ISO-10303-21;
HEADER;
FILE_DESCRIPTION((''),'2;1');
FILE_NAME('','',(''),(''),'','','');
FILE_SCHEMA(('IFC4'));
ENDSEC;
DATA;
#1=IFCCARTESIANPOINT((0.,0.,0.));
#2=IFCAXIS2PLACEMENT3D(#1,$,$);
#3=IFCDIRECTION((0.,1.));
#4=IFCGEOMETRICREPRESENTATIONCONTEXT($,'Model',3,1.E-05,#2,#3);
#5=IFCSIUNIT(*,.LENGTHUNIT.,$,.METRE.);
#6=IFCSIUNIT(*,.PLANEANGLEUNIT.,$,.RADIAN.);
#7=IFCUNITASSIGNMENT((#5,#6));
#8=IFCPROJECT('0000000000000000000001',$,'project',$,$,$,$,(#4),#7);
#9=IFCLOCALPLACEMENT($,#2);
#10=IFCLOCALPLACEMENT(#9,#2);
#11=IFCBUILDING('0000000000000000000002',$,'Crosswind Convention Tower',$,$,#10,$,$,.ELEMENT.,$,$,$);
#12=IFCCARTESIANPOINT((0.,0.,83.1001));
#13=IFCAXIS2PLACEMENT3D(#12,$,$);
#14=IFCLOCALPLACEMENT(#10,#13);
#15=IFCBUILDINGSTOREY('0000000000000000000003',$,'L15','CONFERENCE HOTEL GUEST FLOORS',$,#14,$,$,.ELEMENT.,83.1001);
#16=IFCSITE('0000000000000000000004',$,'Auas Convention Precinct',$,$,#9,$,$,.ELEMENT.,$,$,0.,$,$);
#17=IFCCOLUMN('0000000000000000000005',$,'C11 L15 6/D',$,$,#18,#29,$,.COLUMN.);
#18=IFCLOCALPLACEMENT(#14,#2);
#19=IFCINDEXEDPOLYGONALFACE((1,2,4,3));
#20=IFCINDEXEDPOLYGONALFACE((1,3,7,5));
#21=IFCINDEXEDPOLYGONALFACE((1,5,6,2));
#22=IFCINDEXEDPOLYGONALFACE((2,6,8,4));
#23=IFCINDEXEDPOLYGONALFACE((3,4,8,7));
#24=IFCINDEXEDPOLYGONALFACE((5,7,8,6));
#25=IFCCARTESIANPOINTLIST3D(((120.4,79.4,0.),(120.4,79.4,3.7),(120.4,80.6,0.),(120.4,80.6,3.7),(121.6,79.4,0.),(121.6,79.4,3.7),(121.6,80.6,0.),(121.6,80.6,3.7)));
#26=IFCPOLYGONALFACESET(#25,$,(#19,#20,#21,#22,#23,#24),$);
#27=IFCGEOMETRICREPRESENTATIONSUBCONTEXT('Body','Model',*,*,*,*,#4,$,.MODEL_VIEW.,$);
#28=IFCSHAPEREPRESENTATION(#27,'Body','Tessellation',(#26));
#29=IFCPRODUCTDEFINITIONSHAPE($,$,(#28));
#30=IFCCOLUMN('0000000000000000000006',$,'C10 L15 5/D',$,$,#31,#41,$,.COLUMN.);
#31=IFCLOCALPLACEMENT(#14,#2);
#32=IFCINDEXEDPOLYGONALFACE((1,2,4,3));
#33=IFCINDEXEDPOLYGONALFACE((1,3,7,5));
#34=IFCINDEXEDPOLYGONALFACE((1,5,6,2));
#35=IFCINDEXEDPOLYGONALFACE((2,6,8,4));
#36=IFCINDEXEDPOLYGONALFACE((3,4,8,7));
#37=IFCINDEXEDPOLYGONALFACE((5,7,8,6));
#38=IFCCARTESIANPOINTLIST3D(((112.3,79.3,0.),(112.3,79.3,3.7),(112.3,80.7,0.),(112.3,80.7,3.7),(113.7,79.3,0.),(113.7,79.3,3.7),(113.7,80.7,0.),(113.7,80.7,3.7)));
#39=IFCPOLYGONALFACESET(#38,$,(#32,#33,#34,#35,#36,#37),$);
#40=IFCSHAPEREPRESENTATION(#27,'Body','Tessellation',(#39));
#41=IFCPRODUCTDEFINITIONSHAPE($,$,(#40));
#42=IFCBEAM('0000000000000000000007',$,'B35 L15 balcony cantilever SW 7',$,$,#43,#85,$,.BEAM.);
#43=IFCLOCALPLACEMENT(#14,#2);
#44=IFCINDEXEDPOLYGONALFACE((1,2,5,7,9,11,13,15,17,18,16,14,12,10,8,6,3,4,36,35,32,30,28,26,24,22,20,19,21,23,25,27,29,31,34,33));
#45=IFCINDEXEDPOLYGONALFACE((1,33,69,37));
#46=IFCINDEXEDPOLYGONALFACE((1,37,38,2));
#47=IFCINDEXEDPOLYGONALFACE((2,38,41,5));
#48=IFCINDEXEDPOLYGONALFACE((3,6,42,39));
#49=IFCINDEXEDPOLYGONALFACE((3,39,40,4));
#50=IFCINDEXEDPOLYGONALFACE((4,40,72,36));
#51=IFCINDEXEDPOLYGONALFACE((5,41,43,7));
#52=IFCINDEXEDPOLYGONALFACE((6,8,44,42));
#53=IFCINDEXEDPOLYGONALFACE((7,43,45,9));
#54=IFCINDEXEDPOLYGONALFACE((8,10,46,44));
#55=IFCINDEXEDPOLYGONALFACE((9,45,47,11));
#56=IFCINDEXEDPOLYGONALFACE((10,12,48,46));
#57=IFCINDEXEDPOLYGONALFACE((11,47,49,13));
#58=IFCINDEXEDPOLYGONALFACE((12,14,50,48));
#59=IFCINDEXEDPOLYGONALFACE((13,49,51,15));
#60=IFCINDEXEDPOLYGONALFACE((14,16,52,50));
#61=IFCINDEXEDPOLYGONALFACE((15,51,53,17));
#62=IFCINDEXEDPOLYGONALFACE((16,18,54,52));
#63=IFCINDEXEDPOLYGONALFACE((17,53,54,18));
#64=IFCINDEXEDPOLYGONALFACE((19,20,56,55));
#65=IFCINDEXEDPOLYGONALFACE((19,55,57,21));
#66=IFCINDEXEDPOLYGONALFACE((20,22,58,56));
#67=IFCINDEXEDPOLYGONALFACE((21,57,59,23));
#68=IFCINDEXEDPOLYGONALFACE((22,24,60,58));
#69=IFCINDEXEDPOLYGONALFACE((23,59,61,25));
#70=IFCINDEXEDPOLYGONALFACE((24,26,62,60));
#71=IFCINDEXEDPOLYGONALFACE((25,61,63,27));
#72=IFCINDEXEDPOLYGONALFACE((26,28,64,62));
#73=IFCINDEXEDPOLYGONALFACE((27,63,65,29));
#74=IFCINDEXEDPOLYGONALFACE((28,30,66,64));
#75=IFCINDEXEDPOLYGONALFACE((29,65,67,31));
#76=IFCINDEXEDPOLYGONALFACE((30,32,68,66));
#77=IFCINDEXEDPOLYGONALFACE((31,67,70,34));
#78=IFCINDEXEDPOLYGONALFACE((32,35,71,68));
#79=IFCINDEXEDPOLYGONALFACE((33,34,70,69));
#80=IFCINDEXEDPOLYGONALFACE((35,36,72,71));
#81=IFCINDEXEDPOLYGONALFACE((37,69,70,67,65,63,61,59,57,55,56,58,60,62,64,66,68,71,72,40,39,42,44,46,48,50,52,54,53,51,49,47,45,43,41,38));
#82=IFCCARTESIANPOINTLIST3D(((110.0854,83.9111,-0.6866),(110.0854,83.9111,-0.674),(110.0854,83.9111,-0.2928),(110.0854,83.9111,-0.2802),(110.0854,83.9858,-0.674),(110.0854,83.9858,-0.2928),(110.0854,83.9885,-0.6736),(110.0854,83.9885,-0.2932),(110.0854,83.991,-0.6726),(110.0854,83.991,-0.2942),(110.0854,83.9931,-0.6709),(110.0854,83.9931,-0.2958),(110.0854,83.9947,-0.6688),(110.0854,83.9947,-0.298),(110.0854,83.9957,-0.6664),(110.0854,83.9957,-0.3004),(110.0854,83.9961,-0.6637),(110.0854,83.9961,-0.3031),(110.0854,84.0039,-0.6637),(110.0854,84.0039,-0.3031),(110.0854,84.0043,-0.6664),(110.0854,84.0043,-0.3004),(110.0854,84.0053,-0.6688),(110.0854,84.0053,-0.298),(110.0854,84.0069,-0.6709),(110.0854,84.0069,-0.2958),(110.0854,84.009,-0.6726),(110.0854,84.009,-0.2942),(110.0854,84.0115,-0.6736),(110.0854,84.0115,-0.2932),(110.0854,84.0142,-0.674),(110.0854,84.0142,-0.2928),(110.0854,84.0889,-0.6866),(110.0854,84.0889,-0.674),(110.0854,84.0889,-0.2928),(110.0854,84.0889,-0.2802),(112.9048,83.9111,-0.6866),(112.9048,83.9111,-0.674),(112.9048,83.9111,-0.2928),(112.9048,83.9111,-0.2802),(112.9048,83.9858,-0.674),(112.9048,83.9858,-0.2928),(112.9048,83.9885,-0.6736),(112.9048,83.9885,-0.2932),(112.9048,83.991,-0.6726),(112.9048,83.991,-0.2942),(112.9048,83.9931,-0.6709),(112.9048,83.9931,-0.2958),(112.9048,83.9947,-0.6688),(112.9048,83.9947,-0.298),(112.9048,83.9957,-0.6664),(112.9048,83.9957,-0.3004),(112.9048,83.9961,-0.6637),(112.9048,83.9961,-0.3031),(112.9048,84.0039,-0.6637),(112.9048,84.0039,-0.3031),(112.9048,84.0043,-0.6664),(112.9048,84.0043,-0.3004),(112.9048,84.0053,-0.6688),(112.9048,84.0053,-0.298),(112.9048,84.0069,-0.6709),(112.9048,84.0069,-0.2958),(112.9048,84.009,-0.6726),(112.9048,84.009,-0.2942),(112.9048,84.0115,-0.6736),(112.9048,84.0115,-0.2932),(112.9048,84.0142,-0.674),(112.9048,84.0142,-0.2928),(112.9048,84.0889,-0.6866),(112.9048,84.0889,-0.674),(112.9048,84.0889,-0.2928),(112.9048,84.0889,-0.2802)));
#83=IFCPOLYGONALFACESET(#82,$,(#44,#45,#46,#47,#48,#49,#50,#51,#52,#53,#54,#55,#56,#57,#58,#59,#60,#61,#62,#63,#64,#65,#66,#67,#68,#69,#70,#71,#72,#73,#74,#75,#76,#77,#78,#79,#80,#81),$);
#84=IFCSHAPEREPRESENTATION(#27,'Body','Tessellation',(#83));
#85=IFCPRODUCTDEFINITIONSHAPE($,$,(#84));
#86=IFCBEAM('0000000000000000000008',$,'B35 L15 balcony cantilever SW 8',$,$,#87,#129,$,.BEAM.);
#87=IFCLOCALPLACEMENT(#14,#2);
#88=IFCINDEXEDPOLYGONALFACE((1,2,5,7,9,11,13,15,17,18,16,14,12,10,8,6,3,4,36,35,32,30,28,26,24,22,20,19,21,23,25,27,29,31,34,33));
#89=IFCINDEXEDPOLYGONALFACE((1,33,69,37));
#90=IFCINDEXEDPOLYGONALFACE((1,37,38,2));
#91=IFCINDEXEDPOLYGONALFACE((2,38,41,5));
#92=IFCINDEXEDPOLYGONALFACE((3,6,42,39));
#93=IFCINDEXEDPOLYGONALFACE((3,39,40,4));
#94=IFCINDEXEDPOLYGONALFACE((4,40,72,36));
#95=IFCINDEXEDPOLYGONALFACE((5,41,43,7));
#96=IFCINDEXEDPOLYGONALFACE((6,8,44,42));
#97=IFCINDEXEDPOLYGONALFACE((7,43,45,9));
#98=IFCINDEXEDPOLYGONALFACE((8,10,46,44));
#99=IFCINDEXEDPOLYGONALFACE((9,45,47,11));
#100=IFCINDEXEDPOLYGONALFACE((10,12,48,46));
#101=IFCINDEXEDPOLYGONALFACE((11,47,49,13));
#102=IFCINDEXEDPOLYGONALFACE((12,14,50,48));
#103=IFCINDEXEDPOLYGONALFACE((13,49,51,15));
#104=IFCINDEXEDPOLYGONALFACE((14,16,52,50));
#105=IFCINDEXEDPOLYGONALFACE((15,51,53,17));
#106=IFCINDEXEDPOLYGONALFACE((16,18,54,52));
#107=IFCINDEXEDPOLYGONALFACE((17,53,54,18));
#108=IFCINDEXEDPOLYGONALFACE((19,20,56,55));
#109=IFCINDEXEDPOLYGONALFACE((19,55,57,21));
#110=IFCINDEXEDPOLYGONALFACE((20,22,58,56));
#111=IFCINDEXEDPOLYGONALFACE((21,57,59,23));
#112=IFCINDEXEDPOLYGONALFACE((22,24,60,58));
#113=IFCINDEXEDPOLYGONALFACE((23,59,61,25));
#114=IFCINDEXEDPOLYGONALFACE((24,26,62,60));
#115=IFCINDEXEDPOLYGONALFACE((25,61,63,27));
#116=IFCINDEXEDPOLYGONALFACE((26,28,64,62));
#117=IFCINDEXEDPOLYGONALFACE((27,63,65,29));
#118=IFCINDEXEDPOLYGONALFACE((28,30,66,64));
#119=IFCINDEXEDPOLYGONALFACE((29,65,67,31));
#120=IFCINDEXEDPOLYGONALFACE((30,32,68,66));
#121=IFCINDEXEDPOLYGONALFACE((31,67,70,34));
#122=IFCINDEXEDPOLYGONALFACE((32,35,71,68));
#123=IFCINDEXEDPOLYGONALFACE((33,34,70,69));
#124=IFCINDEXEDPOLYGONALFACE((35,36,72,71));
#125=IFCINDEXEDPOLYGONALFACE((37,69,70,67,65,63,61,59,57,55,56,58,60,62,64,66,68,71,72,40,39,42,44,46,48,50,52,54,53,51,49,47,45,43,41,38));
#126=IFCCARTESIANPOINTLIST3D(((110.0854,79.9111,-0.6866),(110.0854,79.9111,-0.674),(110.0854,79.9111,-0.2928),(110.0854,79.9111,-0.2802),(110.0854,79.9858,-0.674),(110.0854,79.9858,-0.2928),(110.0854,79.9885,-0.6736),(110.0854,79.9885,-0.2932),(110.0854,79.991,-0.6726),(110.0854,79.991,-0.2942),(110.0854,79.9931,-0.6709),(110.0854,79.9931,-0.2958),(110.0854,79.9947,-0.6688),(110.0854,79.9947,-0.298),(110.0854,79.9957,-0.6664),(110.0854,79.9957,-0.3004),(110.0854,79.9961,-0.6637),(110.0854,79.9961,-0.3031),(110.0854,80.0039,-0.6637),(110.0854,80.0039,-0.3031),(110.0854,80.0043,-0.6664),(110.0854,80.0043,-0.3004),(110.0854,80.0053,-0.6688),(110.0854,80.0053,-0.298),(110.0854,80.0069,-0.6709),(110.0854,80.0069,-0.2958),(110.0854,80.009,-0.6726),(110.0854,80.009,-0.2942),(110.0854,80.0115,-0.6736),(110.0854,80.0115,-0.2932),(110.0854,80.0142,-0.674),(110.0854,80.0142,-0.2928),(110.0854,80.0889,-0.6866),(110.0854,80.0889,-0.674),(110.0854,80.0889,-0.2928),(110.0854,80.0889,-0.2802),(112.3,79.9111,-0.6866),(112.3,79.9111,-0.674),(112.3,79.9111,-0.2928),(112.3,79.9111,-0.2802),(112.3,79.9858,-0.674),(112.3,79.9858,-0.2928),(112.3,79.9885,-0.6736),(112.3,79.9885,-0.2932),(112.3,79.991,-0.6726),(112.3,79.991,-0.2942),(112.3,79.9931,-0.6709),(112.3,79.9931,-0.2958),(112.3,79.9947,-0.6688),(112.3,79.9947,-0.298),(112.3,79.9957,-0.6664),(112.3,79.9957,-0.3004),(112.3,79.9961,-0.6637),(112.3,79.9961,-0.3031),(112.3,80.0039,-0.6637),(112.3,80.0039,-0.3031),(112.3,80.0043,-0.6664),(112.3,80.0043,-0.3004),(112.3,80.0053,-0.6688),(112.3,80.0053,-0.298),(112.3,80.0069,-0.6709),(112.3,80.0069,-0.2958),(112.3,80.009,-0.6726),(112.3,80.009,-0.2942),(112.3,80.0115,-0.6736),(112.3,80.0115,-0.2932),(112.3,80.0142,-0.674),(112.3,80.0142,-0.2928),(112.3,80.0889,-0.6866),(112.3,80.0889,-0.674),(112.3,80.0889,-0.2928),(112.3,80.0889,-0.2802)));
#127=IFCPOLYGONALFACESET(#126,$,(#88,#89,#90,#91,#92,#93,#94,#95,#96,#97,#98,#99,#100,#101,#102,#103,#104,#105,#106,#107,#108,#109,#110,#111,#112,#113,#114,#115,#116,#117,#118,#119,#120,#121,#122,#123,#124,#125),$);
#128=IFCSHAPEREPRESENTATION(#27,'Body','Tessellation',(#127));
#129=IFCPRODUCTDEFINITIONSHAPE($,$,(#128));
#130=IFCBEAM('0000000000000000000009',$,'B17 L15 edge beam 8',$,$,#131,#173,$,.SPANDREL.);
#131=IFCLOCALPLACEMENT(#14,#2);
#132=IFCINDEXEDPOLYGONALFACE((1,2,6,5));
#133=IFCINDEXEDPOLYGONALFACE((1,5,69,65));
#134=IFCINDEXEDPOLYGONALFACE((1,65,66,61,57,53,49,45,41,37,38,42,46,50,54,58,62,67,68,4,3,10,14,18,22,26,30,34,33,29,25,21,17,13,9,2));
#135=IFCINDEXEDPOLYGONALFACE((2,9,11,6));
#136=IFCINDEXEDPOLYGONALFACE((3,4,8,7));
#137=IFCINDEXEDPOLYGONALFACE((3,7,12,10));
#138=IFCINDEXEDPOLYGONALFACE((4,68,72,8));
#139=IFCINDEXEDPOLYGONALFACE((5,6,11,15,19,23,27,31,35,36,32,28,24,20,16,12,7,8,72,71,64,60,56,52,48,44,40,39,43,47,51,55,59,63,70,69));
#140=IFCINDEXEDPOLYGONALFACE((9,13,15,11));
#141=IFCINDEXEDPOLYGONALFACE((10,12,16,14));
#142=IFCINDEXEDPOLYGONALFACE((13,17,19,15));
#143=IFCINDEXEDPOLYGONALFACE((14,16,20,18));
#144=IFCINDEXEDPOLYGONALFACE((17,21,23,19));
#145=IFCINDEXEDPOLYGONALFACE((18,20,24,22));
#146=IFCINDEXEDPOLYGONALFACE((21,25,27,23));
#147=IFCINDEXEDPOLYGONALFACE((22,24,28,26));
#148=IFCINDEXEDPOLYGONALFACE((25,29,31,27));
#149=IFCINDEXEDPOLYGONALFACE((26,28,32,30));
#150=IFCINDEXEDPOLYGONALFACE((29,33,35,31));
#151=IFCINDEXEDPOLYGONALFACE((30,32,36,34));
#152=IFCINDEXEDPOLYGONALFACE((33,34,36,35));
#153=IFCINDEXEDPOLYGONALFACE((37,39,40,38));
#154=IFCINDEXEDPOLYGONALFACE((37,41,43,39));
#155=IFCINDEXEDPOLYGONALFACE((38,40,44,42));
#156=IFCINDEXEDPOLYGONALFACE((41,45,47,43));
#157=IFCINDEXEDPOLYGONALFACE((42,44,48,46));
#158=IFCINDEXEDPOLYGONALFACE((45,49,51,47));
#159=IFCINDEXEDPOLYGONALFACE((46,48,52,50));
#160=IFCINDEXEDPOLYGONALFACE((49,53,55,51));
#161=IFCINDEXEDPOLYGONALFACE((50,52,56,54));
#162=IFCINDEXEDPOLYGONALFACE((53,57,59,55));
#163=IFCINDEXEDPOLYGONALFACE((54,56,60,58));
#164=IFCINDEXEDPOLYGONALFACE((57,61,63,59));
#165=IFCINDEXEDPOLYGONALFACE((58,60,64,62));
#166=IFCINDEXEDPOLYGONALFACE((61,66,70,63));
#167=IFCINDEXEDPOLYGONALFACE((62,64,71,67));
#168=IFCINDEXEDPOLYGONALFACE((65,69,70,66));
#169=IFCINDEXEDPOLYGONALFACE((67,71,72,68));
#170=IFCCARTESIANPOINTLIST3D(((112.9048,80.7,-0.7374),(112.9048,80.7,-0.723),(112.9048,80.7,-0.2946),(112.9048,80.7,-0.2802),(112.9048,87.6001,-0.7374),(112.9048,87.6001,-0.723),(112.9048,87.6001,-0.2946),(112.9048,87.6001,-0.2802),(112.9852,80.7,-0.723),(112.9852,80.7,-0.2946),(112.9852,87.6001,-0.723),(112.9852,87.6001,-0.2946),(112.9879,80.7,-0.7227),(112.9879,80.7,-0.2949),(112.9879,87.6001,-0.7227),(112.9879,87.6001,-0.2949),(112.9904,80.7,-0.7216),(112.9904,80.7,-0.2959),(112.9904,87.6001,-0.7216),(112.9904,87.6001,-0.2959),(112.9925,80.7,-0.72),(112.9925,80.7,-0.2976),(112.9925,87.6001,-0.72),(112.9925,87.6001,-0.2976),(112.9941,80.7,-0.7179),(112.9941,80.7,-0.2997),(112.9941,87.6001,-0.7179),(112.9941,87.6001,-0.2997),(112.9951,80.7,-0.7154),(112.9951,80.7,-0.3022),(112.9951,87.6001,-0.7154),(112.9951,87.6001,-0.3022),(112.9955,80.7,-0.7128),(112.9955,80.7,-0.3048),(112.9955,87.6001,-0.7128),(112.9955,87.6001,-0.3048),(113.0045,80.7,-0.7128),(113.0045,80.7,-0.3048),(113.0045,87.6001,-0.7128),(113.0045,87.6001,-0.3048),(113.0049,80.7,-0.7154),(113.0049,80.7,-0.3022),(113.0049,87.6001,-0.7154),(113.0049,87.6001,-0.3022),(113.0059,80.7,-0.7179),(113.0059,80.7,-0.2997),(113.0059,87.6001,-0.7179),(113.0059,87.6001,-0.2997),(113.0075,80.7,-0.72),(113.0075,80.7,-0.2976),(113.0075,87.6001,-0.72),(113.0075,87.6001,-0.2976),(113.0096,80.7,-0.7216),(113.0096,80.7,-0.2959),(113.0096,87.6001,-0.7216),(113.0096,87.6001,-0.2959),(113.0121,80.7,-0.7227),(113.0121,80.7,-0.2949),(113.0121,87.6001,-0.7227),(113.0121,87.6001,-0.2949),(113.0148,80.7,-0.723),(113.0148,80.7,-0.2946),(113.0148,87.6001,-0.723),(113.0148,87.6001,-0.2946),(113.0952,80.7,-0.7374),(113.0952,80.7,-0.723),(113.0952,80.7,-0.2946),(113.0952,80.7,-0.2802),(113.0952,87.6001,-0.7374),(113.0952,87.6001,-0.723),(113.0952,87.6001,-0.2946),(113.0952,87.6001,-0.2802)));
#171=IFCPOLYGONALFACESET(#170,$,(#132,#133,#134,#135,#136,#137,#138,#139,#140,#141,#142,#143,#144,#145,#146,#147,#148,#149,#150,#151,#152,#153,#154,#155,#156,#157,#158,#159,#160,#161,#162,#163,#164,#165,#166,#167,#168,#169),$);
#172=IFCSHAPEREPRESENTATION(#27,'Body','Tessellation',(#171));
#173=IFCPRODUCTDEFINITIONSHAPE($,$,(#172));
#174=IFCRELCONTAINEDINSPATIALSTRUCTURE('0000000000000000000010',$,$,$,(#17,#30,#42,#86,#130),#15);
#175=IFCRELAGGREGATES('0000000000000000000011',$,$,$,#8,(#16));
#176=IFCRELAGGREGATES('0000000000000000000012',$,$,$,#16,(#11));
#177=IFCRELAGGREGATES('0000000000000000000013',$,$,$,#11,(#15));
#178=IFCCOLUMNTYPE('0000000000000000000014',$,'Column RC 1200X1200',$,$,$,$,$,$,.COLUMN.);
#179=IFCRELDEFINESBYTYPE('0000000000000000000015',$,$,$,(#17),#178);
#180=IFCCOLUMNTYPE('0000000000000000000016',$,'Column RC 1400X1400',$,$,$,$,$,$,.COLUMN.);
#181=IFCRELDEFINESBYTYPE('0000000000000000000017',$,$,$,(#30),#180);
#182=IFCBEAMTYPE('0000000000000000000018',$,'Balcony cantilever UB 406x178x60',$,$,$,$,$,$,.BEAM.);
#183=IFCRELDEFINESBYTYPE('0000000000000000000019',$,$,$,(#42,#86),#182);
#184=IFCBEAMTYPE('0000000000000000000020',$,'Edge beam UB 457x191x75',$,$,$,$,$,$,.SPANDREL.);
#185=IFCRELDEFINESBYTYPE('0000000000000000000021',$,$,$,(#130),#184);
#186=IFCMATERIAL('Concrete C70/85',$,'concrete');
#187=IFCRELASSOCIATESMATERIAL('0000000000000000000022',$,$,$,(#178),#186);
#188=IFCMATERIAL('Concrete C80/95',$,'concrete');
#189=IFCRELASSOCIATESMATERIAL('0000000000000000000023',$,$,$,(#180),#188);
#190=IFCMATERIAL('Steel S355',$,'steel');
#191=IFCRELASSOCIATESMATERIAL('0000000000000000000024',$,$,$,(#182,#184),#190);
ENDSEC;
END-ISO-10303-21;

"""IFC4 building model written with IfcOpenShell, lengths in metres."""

from ifc_helpers import new_model, si_unit, direction, frame, origin, origin_2d, place, context, subcontext, project, spatial, rectangle, i_section, extrude, material, material_profile, profile_set, type_object, element, save


model = new_model("IFC4")

# Units and contexts
model_context = context("Model", 3, precision=1e-05, world=origin(), true_north=direction((0.0, 1.0)))
body_context = subcontext(model_context, "Body", "Model", "MODEL_VIEW")
ifc_project = project(units=[si_unit("LENGTHUNIT", "METRE"), si_unit("PLANEANGLEUNIT", "RADIAN")], contexts=[model_context])

# Site, building, storey
site_placement = place(None, origin())
site = spatial("IfcSite", under=ifc_project, at=site_placement, Name="Auas Convention Precinct", CompositionType="ELEMENT", RefElevation=0.0)
building_placement = place(site_placement, origin())
building = spatial("IfcBuilding", under=site, at=building_placement, Name="Crosswind Convention Tower", CompositionType="ELEMENT")
storey_placement = place(building_placement, frame((0.0, 0.0, 83.1001)))
storey = spatial("IfcBuildingStorey", under=building, at=storey_placement, Name="L15", Description="CONFERENCE HOTEL GUEST FLOORS", CompositionType="ELEMENT", Elevation=83.1001)

# Columns
ifc_material_1 = material(Name="Concrete C70/85", Category="concrete")
ifc_material_profile_1 = material_profile(ifc_material_1, rectangle(XDim=1.2, YDim=1.2, at=origin_2d()), Name="RC 1200X1200")
ifc_profile_set_1 = profile_set([ifc_material_profile_1], Name="Concrete C70/85")
column_type_1 = type_object("IfcColumnType", Name="Column RC 1200X1200", PredefinedType="COLUMN", material=ifc_profile_set_1)
column_1_placement = place(storey_placement, frame((121.0, 80.0, 0.0), z_axis=(0.0, 0.0, 1.0), x_axis=(1.0, 0.0, 0.0)))
element("IfcColumn", 1, at=column_1_placement, inside=storey, type_object=column_type_1, Name="C11 L15 6/D", PredefinedType="COLUMN", context=body_context, shape_type="SweptSolid", body=[
    extrude(rectangle(XDim=1.2, YDim=1.2, at=origin_2d()), origin(), (0.0, 0.0, 1.0), 3.7),
])
ifc_material_2 = material(Name="Concrete C80/95", Category="concrete")
ifc_material_profile_2 = material_profile(ifc_material_2, rectangle(XDim=1.3999, YDim=1.3999, at=origin_2d()), Name="RC 1400X1400")
ifc_profile_set_2 = profile_set([ifc_material_profile_2], Name="Concrete C80/95")
column_type_2 = type_object("IfcColumnType", Name="Column RC 1400X1400", PredefinedType="COLUMN", material=ifc_profile_set_2)
column_2_placement = place(storey_placement, frame((113.0, 80.0, 0.0), z_axis=(0.0, 0.0, 1.0), x_axis=(1.0, 0.0, 0.0)))
element("IfcColumn", 2, at=column_2_placement, inside=storey, type_object=column_type_2, Name="C10 L15 5/D", PredefinedType="COLUMN", context=body_context, shape_type="SweptSolid", body=[
    extrude(rectangle(XDim=1.3999, YDim=1.3999, at=origin_2d()), origin(), (0.0, 0.0, 1.0), 3.7),
])

# Beams
ifc_material_3 = material(Name="Steel S355", Category="steel")
ifc_material_profile_3 = material_profile(ifc_material_3, i_section(OverallWidth=0.1777, OverallDepth=0.4065, WebThickness=0.0078, FlangeThickness=0.0127, FilletRadius=0.0103, at=origin_2d()), Name="UB 406x178x60")
ifc_profile_set_3 = profile_set([ifc_material_profile_3], Name="Steel S355")
beam_type_1 = type_object("IfcBeamType", Name="Balcony cantilever UB 406x178x60", PredefinedType="BEAM", material=ifc_profile_set_3)
beam_1_placement = place(storey_placement, frame((112.9048, 84.0, -0.4834), z_axis=(-1.0, 0.0, 0.0), x_axis=(0.0, -1.0, 0.0)))
element("IfcBeam", 3, at=beam_1_placement, inside=storey, type_object=beam_type_1, Name="B35 L15 balcony cantilever SW 7", PredefinedType="BEAM", context=body_context, shape_type="SweptSolid", body=[
    extrude(i_section(OverallWidth=0.1777, OverallDepth=0.4065, WebThickness=0.0078, FlangeThickness=0.0127, FilletRadius=0.0103, at=origin_2d()), origin(), (0.0, 0.0, 1.0), 2.8193),
])
beam_2_placement = place(storey_placement, frame((112.3, 80.0, -0.4834), z_axis=(-1.0, 0.0, 0.0), x_axis=(0.0, -1.0, 0.0)))
element("IfcBeam", 4, at=beam_2_placement, inside=storey, type_object=beam_type_1, Name="B35 L15 balcony cantilever SW 8", PredefinedType="BEAM", context=body_context, shape_type="SweptSolid", body=[
    extrude(i_section(OverallWidth=0.1777, OverallDepth=0.4065, WebThickness=0.0078, FlangeThickness=0.0127, FilletRadius=0.0103, at=origin_2d()), origin(), (0.0, 0.0, 1.0), 2.2146),
])
ifc_material_profile_4 = material_profile(ifc_material_3, i_section(OverallWidth=0.1904, OverallDepth=0.4573, WebThickness=0.009, FlangeThickness=0.0144, FilletRadius=0.0103, at=origin_2d()), Name="UB 457x191x75")
ifc_profile_set_4 = profile_set([ifc_material_profile_4], Name="Steel S355")
beam_type_2 = type_object("IfcBeamType", Name="Edge beam UB 457x191x75", PredefinedType="SPANDREL", material=ifc_profile_set_4)
beam_3_placement = place(storey_placement, frame((113.0, 80.7, -0.5088), z_axis=(0.0, 1.0, 0.0), x_axis=(-1.0, 0.0, 0.0)))
element("IfcBeam", 5, at=beam_3_placement, inside=storey, type_object=beam_type_2, Name="B17 L15 edge beam 8", PredefinedType="SPANDREL", context=body_context, shape_type="SweptSolid", body=[
    extrude(i_section(OverallWidth=0.1904, OverallDepth=0.4573, WebThickness=0.009, FlangeThickness=0.0144, FilletRadius=0.0103, at=origin_2d()), origin(), (0.0, 0.0, 1.0), 6.9001),
])

save(model, "model.ifc")
